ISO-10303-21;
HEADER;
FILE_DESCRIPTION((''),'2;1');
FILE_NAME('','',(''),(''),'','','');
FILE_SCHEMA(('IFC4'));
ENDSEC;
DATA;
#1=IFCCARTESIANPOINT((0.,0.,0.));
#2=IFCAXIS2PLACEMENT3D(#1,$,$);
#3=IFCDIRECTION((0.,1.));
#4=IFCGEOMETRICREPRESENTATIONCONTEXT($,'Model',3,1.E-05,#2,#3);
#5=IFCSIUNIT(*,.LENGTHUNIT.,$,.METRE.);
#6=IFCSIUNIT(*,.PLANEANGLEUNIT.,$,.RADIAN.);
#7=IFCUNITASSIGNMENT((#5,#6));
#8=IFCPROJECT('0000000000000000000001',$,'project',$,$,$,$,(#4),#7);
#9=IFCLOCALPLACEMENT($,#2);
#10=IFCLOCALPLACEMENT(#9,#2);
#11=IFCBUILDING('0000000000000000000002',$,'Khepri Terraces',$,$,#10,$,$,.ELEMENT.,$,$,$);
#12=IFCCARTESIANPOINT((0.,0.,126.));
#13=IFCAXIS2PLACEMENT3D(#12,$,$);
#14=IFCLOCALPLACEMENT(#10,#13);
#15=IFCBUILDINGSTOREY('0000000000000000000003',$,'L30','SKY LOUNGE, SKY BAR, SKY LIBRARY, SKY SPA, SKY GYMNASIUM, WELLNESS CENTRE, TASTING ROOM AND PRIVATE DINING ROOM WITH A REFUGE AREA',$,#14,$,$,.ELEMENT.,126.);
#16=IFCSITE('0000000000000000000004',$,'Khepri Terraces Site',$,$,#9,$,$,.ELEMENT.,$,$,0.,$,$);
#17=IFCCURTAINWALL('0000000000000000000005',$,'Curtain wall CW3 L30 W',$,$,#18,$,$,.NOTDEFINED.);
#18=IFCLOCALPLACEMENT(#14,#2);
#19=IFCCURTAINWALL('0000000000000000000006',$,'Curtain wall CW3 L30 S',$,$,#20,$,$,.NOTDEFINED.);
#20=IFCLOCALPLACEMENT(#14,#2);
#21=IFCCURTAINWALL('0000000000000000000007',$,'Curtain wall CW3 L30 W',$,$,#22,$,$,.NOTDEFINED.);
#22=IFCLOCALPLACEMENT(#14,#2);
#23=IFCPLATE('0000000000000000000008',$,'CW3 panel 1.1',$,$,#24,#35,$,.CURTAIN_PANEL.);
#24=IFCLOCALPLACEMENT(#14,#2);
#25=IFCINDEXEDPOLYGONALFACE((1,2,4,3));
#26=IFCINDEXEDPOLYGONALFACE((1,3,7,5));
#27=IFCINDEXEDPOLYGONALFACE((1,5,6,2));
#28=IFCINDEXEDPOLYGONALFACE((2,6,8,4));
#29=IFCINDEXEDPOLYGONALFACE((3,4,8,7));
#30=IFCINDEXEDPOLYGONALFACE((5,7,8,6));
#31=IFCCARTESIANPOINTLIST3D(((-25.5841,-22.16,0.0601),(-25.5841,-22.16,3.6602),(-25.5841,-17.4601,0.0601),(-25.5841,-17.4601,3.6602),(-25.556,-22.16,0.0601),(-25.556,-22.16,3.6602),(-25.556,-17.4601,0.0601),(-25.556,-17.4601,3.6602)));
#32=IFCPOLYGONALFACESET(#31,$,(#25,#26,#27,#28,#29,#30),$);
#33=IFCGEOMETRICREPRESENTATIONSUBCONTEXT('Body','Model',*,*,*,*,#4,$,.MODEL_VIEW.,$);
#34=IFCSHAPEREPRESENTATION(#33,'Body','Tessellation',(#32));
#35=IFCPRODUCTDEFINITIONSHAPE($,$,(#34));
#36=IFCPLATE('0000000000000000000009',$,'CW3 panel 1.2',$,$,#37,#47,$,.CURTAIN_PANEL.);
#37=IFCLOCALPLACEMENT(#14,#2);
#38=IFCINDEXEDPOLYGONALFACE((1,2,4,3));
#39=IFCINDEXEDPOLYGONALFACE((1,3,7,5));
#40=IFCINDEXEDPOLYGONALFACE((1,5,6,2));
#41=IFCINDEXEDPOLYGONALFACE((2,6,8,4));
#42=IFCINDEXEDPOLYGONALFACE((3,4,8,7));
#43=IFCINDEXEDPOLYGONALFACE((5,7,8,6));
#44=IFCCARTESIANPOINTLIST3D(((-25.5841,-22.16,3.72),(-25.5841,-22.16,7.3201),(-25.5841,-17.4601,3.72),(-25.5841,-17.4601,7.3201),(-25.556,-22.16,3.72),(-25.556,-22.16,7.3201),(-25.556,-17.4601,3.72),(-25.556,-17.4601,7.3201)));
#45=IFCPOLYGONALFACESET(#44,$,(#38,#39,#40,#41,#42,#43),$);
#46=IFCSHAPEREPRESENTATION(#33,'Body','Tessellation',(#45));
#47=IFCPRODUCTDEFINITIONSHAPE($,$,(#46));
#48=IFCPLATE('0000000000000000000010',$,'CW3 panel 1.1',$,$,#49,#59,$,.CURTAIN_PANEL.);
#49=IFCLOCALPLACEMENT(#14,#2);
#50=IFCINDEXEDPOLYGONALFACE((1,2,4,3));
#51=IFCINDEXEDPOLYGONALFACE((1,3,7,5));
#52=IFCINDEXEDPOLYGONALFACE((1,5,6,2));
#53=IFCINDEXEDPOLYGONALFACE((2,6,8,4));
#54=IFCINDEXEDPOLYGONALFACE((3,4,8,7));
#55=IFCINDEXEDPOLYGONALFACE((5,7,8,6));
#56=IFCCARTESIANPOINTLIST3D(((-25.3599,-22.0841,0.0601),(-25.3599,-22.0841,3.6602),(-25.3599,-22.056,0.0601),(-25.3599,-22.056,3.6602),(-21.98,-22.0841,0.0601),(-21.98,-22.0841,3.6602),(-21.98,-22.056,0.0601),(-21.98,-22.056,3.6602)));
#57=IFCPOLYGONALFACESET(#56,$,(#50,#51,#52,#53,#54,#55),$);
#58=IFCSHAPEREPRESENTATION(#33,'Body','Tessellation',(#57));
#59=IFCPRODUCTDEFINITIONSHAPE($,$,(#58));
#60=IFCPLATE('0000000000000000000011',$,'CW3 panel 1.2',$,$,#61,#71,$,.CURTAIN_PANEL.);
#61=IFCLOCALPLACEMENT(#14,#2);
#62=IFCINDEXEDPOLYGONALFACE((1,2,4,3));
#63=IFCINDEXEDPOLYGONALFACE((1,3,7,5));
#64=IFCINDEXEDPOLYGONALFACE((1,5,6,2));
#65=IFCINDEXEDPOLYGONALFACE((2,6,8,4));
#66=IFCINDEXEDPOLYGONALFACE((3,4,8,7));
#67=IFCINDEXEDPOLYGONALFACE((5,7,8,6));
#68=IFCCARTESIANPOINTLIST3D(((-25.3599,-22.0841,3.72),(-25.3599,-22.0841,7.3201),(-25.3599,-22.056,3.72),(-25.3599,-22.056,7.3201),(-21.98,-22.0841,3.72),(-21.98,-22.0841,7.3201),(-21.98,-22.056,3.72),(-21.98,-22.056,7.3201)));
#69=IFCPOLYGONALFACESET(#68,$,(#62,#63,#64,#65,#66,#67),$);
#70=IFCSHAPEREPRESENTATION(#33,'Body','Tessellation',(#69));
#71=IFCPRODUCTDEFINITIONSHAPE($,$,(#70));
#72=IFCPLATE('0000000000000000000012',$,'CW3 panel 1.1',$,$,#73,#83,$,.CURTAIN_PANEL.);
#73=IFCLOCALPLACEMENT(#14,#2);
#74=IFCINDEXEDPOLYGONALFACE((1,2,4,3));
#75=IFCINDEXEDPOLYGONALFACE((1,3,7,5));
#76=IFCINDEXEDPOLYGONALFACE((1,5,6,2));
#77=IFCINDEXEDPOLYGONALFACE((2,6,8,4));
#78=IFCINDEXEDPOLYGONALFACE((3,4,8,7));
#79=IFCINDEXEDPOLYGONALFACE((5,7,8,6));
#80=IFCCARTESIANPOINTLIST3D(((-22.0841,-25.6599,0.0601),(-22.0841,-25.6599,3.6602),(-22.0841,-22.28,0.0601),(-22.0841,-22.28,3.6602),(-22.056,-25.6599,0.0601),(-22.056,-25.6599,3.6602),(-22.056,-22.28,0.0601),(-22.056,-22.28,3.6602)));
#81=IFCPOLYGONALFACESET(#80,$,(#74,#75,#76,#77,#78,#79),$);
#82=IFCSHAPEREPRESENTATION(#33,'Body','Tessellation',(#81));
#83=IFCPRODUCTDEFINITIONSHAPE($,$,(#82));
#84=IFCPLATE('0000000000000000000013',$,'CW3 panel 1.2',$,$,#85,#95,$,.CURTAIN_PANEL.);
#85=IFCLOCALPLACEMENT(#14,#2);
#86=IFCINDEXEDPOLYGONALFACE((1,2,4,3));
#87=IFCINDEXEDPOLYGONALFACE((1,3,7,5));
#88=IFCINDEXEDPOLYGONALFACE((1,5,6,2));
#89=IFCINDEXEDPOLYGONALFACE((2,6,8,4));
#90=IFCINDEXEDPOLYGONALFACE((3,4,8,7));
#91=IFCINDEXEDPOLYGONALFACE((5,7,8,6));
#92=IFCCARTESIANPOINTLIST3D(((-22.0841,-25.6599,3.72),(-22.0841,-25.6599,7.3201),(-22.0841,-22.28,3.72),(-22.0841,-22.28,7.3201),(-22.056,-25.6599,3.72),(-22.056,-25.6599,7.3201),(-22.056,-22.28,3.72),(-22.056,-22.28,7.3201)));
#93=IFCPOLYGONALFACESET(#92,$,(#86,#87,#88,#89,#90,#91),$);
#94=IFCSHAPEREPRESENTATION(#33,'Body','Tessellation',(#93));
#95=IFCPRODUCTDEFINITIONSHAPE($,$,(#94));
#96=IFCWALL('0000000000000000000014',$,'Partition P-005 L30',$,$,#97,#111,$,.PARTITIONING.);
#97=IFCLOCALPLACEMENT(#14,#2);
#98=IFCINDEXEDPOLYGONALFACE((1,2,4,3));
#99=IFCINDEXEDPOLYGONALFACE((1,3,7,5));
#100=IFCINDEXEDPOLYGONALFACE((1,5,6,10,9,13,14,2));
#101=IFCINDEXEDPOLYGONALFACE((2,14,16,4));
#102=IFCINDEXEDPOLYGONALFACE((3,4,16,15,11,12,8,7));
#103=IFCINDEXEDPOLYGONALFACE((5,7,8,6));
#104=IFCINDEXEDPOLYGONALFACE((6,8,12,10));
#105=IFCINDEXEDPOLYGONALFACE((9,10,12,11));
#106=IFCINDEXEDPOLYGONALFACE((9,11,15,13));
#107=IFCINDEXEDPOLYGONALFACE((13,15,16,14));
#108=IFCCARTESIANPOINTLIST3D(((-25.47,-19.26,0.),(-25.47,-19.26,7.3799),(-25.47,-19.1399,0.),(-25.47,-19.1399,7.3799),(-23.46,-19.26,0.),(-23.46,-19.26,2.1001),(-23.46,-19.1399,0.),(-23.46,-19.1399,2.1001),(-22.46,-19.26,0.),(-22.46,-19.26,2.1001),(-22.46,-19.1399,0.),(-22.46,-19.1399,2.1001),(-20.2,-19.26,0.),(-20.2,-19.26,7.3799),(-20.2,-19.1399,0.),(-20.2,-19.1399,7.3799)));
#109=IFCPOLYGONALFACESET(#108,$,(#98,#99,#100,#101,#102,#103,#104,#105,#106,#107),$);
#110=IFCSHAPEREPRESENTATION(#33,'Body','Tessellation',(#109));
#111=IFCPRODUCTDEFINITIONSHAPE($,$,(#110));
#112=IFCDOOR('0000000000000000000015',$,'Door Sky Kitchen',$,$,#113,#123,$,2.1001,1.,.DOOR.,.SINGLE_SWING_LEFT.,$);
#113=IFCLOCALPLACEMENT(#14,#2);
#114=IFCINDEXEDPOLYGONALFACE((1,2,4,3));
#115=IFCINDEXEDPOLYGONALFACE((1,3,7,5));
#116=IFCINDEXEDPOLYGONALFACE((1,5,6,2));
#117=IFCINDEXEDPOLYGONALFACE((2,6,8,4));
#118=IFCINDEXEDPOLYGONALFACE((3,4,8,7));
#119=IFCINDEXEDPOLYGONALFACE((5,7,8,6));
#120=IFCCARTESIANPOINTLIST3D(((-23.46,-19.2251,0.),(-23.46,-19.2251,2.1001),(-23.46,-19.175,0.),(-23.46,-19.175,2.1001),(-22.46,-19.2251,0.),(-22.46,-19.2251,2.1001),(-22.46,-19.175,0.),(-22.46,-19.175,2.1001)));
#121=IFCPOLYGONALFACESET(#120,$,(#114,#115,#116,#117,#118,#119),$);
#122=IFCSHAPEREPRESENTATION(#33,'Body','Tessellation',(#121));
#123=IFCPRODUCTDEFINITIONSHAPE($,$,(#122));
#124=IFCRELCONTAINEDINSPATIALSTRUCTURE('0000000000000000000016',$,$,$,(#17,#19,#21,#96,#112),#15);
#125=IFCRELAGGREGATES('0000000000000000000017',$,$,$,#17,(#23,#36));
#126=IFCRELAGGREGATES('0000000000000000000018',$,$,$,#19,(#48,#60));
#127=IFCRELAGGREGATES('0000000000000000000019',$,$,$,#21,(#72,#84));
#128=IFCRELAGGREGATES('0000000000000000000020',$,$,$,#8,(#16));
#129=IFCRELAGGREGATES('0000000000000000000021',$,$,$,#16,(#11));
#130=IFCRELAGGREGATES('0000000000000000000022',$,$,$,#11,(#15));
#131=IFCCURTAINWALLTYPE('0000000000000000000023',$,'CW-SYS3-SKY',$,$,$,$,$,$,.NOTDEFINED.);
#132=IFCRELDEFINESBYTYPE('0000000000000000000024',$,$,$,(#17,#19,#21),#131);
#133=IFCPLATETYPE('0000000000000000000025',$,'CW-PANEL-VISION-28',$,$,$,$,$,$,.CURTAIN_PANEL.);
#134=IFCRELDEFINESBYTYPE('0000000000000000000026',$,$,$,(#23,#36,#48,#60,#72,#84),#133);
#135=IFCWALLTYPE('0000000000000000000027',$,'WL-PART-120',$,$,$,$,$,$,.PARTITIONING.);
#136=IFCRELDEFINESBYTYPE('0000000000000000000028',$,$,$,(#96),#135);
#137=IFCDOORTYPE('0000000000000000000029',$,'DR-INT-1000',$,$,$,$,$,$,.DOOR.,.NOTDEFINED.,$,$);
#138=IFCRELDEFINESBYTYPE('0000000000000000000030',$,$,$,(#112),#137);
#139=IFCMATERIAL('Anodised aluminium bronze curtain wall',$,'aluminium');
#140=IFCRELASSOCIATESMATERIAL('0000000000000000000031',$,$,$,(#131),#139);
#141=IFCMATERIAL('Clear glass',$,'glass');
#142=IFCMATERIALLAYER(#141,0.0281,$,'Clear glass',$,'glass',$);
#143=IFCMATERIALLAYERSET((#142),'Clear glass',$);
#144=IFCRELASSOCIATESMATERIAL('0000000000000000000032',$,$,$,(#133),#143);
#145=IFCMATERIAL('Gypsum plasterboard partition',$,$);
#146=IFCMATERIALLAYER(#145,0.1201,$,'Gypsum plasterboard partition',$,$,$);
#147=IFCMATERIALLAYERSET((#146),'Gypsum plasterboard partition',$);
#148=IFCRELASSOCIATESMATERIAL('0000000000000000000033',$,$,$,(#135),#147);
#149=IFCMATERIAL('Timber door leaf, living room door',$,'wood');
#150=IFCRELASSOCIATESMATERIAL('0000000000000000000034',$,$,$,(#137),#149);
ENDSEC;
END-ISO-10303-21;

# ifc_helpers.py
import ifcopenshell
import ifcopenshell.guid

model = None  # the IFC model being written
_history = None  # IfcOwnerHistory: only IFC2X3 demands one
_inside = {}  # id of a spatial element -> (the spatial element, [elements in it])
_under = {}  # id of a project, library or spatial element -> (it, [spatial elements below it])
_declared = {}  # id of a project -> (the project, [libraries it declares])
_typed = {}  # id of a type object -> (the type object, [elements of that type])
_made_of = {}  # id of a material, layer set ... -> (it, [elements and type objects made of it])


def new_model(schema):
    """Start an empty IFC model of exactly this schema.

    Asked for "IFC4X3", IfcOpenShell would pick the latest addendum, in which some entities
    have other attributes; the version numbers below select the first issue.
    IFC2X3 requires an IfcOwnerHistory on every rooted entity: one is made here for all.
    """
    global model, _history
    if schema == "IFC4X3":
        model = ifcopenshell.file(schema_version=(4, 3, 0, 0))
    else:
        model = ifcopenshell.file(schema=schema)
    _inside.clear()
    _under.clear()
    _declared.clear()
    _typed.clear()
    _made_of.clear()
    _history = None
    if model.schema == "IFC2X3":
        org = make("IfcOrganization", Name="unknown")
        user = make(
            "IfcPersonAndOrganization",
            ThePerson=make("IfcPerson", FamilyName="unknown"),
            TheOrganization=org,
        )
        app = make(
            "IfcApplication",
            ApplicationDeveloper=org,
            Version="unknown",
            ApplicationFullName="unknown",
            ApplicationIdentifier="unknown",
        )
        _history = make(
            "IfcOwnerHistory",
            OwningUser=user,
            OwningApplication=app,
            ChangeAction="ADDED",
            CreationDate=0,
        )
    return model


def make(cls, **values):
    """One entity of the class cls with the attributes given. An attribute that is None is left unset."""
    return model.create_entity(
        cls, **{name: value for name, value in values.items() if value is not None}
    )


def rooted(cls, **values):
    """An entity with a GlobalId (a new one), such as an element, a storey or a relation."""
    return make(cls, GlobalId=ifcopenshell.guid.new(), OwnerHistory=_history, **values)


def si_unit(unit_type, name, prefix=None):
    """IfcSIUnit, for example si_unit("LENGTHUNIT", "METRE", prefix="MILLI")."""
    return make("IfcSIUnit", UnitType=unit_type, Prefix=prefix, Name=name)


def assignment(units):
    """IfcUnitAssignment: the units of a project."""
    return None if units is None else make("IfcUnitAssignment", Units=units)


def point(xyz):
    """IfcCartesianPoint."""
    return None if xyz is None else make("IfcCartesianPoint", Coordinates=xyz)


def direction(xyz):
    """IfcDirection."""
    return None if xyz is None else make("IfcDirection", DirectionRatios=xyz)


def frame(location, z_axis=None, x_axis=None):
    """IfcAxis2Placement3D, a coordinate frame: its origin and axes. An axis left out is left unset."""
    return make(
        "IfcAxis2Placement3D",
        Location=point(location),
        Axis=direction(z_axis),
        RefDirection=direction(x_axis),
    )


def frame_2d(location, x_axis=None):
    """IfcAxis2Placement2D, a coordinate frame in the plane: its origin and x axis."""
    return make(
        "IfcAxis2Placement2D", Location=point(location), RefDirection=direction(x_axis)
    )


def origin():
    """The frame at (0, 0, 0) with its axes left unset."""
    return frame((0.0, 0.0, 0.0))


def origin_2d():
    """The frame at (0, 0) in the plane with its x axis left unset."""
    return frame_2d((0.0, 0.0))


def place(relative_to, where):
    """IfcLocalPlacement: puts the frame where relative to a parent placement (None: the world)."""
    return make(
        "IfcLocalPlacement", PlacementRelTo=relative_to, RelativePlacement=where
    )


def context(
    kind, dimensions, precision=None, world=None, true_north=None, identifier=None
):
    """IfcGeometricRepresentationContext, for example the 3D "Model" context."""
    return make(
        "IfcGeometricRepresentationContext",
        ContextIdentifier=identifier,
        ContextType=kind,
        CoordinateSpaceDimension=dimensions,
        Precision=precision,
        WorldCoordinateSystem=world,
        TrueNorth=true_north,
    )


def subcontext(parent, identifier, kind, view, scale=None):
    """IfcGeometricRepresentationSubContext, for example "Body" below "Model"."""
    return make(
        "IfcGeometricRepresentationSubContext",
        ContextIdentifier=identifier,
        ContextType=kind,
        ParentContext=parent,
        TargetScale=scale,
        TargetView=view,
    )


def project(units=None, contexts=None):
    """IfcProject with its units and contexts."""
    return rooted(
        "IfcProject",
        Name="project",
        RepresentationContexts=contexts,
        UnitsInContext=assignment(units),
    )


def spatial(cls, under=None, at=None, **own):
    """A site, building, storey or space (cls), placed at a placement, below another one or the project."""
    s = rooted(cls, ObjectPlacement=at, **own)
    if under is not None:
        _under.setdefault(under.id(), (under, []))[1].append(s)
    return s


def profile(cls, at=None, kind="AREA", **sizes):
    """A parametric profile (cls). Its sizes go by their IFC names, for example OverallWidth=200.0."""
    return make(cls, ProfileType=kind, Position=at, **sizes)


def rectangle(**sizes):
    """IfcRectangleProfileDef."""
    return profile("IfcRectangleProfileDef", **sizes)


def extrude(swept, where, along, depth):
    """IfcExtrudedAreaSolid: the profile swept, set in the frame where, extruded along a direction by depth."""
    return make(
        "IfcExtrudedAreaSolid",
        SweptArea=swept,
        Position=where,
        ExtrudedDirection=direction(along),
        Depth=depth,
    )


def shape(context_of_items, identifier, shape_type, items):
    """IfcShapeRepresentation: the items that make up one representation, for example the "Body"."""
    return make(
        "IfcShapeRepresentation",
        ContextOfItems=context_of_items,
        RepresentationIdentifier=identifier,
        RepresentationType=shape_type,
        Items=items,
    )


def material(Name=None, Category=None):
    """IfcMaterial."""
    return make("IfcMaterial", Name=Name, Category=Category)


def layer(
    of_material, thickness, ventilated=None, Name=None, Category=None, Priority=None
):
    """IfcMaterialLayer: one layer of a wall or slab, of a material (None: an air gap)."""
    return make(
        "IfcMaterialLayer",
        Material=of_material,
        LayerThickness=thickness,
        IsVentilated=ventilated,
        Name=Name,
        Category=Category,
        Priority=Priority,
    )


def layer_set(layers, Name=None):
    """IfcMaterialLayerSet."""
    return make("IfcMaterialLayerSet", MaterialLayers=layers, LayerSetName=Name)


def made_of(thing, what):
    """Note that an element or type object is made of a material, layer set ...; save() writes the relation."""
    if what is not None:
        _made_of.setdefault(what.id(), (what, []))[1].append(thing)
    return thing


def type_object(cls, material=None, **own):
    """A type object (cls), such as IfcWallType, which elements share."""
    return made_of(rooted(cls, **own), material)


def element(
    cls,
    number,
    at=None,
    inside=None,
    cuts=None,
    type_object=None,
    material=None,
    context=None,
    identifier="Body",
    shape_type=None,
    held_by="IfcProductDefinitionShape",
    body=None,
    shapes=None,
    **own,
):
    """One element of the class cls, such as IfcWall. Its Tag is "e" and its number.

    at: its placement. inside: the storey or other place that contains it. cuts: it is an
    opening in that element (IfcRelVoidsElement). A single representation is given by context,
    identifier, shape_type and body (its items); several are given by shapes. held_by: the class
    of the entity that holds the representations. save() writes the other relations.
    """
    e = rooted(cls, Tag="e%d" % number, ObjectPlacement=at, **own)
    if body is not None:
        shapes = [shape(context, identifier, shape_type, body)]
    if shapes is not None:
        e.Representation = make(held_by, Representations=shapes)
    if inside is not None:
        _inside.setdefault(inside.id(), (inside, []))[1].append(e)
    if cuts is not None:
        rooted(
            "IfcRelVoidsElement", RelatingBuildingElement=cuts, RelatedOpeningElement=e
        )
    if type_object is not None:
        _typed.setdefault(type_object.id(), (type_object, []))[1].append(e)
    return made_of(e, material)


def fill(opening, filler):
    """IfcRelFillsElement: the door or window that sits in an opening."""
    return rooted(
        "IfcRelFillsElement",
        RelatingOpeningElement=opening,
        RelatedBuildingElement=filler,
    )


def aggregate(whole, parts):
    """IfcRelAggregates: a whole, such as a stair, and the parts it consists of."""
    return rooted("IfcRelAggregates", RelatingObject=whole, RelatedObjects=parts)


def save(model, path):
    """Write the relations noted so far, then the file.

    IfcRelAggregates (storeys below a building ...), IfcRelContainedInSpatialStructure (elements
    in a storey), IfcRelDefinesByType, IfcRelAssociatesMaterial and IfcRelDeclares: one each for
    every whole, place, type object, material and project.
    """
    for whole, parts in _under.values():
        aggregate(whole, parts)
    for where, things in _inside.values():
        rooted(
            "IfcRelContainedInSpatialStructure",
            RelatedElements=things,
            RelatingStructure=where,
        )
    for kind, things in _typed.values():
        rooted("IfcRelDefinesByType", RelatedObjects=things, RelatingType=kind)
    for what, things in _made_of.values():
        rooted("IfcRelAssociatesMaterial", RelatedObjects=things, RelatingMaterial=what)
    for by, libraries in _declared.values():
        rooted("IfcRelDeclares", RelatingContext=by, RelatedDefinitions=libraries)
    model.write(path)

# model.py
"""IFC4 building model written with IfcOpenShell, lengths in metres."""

from ifc_helpers import new_model, si_unit, direction, frame, frame_2d, origin, origin_2d, place, context, subcontext, project, spatial, rectangle, extrude, material, layer, layer_set, type_object, element, fill, aggregate, save


model = new_model("IFC4")

# Units and contexts
model_context = context("Model", 3, precision=1e-05, world=origin(), true_north=direction((0.0, 1.0)))
body_context = subcontext(model_context, "Body", "Model", "MODEL_VIEW")
ifc_project = project(units=[si_unit("LENGTHUNIT", "METRE"), si_unit("PLANEANGLEUNIT", "RADIAN")], contexts=[model_context])

# Site, building, storey
site_placement = place(None, origin())
site = spatial("IfcSite", under=ifc_project, at=site_placement, Name="Khepri Terraces Site", CompositionType="ELEMENT", RefElevation=0.0)
building_placement = place(site_placement, origin())
building = spatial("IfcBuilding", under=site, at=building_placement, Name="Khepri Terraces", CompositionType="ELEMENT")
storey_placement = place(building_placement, frame((0.0, 0.0, 126.0)))
storey = spatial("IfcBuildingStorey", under=building, at=storey_placement, Name="L30", Description="SKY LOUNGE, SKY BAR, SKY LIBRARY, SKY SPA, SKY GYMNASIUM, WELLNESS CENTRE, TASTING ROOM AND PRIVATE DINING ROOM WITH A REFUGE AREA", CompositionType="ELEMENT", Elevation=126.0)

# Curtain walls
ifc_material_1 = material(Name="Anodised aluminium bronze curtain wall", Category="aluminium")
curtain_wall_type = type_object("IfcCurtainWallType", Name="CW-SYS3-SKY", PredefinedType="NOTDEFINED", material=ifc_material_1)
curtain_wall_1_placement = place(storey_placement, origin())
curtain_wall_1 = element("IfcCurtainWall", 1, at=curtain_wall_1_placement, inside=storey, type_object=curtain_wall_type, Name="Curtain wall CW3 L30 W", PredefinedType="NOTDEFINED")
curtain_wall_2_placement = place(storey_placement, origin())
curtain_wall_2 = element("IfcCurtainWall", 2, at=curtain_wall_2_placement, inside=storey, type_object=curtain_wall_type, Name="Curtain wall CW3 L30 S", PredefinedType="NOTDEFINED")
curtain_wall_3_placement = place(storey_placement, origin())
curtain_wall_3 = element("IfcCurtainWall", 3, at=curtain_wall_3_placement, inside=storey, type_object=curtain_wall_type, Name="Curtain wall CW3 L30 W", PredefinedType="NOTDEFINED")

# Plates
ifc_material_2 = material(Name="Clear glass", Category="glass")
ifc_layer_1 = layer(ifc_material_2, 0.0281, Name="Clear glass", Category="glass")
ifc_layer_set_1 = layer_set([ifc_layer_1], Name="Clear glass")
plate_type = type_object("IfcPlateType", Name="CW-PANEL-VISION-28", PredefinedType="CURTAIN_PANEL", material=ifc_layer_set_1)
plate_1_placement = place(storey_placement, frame((-25.5701, -19.8101, 0.0601), z_axis=(0.0, 0.0, 1.0), x_axis=(0.0, -1.0, 0.0)))
plate_1 = element("IfcPlate", 4, at=plate_1_placement, type_object=plate_type, Name="CW3 panel 1.1", PredefinedType="CURTAIN_PANEL", context=body_context, shape_type="SweptSolid", body=[
    extrude(rectangle(XDim=4.7, YDim=0.0281, at=origin_2d()), origin(), (0.0, 0.0, 1.0), 3.6001),
])
plate_2_placement = place(storey_placement, frame((-25.5701, -19.8101, 3.72), z_axis=(0.0, 0.0, 1.0), x_axis=(0.0, -1.0, 0.0)))
plate_2 = element("IfcPlate", 5, at=plate_2_placement, type_object=plate_type, Name="CW3 panel 1.2", PredefinedType="CURTAIN_PANEL", context=body_context, shape_type="SweptSolid", body=[
    extrude(rectangle(XDim=4.7, YDim=0.0281, at=origin_2d()), origin(), (0.0, 0.0, 1.0), 3.6001),
])
aggregate(curtain_wall_1, [plate_1, plate_2])
plate_3_placement = place(storey_placement, frame((-23.6699, -22.0701, 0.0601), z_axis=(0.0, 0.0, 1.0), x_axis=(1.0, 0.0, 0.0)))
plate_3 = element("IfcPlate", 6, at=plate_3_placement, type_object=plate_type, Name="CW3 panel 1.1", PredefinedType="CURTAIN_PANEL", context=body_context, shape_type="SweptSolid", body=[
    extrude(rectangle(XDim=3.3799, YDim=0.0281, at=origin_2d()), origin(), (0.0, 0.0, 1.0), 3.6001),
])
plate_4_placement = place(storey_placement, frame((-23.6699, -22.0701, 3.72), z_axis=(0.0, 0.0, 1.0), x_axis=(1.0, 0.0, 0.0)))
plate_4 = element("IfcPlate", 7, at=plate_4_placement, type_object=plate_type, Name="CW3 panel 1.2", PredefinedType="CURTAIN_PANEL", context=body_context, shape_type="SweptSolid", body=[
    extrude(rectangle(XDim=3.3799, YDim=0.0281, at=origin_2d()), origin(), (0.0, 0.0, 1.0), 3.6001),
])
aggregate(curtain_wall_2, [plate_3, plate_4])
plate_5_placement = place(storey_placement, frame((-22.0701, -23.97, 0.0601), z_axis=(0.0, 0.0, 1.0), x_axis=(0.0, -1.0, 0.0)))
plate_5 = element("IfcPlate", 8, at=plate_5_placement, type_object=plate_type, Name="CW3 panel 1.1", PredefinedType="CURTAIN_PANEL", context=body_context, shape_type="SweptSolid", body=[
    extrude(rectangle(XDim=3.3799, YDim=0.0281, at=origin_2d()), origin(), (0.0, 0.0, 1.0), 3.6001),
])
plate_6_placement = place(storey_placement, frame((-22.0701, -23.97, 3.72), z_axis=(0.0, 0.0, 1.0), x_axis=(0.0, -1.0, 0.0)))
plate_6 = element("IfcPlate", 9, at=plate_6_placement, type_object=plate_type, Name="CW3 panel 1.2", PredefinedType="CURTAIN_PANEL", context=body_context, shape_type="SweptSolid", body=[
    extrude(rectangle(XDim=3.3799, YDim=0.0281, at=origin_2d()), origin(), (0.0, 0.0, 1.0), 3.6001),
])
aggregate(curtain_wall_3, [plate_5, plate_6])

# Wall, opening, door
ifc_material_3 = material(Name="Gypsum plasterboard partition")
ifc_layer_2 = layer(ifc_material_3, 0.1201, Name="Gypsum plasterboard partition")
ifc_layer_set_2 = layer_set([ifc_layer_2], Name="Gypsum plasterboard partition")
wall_type = type_object("IfcWallType", Name="WL-PART-120", PredefinedType="PARTITIONING", material=ifc_layer_set_2)
wall_placement = place(storey_placement, frame((-25.47, -19.2, 0.0), z_axis=(0.0, 0.0, 1.0), x_axis=(1.0, 0.0, 0.0)))
wall = element("IfcWall", 10, at=wall_placement, inside=storey, type_object=wall_type, Name="Partition P-005 L30", PredefinedType="PARTITIONING", context=body_context, shape_type="SweptSolid", body=[
    extrude(rectangle(XDim=5.27, YDim=0.1201, at=frame_2d((2.635, 0.0))), origin(), (0.0, 0.0, 1.0), 7.3799),
])
opening_placement = place(wall_placement, frame((2.01, 0.0, 0.0)))
opening = element("IfcOpeningElement", 11, at=opening_placement, cuts=wall, PredefinedType="OPENING", context=body_context, shape_type="SweptSolid", body=[
    extrude(rectangle(XDim=1.0, YDim=2.1001, at=frame_2d((0.5, 1.05))), frame((0.0, 0.0701, 0.0), z_axis=(0.0, -1.0, 0.0), x_axis=(1.0, 0.0, 0.0)), (0.0, 0.0, 1.0), 0.1401),
])
ifc_material_4 = material(Name="Timber door leaf, living room door", Category="wood")
door_type = type_object("IfcDoorType", Name="DR-INT-1000", OperationType="NOTDEFINED", PredefinedType="DOOR", material=ifc_material_4)
door_placement = place(opening_placement, origin())
door = element("IfcDoor", 12, at=door_placement, inside=storey, type_object=door_type, Name="Door Sky Kitchen", OperationType="SINGLE_SWING_LEFT", OverallHeight=2.1001, OverallWidth=1.0, PredefinedType="DOOR", context=body_context, shape_type="SweptSolid", body=[
    extrude(rectangle(XDim=1.0, YDim=2.1001, at=frame_2d((0.5, 1.05))), frame((0.0, 0.0249, 0.0), z_axis=(0.0, -1.0, 0.0), x_axis=(1.0, 0.0, 0.0)), (0.0, 0.0, 1.0), 0.05),
])
fill(opening, door)

save(model, "model.ifc")
